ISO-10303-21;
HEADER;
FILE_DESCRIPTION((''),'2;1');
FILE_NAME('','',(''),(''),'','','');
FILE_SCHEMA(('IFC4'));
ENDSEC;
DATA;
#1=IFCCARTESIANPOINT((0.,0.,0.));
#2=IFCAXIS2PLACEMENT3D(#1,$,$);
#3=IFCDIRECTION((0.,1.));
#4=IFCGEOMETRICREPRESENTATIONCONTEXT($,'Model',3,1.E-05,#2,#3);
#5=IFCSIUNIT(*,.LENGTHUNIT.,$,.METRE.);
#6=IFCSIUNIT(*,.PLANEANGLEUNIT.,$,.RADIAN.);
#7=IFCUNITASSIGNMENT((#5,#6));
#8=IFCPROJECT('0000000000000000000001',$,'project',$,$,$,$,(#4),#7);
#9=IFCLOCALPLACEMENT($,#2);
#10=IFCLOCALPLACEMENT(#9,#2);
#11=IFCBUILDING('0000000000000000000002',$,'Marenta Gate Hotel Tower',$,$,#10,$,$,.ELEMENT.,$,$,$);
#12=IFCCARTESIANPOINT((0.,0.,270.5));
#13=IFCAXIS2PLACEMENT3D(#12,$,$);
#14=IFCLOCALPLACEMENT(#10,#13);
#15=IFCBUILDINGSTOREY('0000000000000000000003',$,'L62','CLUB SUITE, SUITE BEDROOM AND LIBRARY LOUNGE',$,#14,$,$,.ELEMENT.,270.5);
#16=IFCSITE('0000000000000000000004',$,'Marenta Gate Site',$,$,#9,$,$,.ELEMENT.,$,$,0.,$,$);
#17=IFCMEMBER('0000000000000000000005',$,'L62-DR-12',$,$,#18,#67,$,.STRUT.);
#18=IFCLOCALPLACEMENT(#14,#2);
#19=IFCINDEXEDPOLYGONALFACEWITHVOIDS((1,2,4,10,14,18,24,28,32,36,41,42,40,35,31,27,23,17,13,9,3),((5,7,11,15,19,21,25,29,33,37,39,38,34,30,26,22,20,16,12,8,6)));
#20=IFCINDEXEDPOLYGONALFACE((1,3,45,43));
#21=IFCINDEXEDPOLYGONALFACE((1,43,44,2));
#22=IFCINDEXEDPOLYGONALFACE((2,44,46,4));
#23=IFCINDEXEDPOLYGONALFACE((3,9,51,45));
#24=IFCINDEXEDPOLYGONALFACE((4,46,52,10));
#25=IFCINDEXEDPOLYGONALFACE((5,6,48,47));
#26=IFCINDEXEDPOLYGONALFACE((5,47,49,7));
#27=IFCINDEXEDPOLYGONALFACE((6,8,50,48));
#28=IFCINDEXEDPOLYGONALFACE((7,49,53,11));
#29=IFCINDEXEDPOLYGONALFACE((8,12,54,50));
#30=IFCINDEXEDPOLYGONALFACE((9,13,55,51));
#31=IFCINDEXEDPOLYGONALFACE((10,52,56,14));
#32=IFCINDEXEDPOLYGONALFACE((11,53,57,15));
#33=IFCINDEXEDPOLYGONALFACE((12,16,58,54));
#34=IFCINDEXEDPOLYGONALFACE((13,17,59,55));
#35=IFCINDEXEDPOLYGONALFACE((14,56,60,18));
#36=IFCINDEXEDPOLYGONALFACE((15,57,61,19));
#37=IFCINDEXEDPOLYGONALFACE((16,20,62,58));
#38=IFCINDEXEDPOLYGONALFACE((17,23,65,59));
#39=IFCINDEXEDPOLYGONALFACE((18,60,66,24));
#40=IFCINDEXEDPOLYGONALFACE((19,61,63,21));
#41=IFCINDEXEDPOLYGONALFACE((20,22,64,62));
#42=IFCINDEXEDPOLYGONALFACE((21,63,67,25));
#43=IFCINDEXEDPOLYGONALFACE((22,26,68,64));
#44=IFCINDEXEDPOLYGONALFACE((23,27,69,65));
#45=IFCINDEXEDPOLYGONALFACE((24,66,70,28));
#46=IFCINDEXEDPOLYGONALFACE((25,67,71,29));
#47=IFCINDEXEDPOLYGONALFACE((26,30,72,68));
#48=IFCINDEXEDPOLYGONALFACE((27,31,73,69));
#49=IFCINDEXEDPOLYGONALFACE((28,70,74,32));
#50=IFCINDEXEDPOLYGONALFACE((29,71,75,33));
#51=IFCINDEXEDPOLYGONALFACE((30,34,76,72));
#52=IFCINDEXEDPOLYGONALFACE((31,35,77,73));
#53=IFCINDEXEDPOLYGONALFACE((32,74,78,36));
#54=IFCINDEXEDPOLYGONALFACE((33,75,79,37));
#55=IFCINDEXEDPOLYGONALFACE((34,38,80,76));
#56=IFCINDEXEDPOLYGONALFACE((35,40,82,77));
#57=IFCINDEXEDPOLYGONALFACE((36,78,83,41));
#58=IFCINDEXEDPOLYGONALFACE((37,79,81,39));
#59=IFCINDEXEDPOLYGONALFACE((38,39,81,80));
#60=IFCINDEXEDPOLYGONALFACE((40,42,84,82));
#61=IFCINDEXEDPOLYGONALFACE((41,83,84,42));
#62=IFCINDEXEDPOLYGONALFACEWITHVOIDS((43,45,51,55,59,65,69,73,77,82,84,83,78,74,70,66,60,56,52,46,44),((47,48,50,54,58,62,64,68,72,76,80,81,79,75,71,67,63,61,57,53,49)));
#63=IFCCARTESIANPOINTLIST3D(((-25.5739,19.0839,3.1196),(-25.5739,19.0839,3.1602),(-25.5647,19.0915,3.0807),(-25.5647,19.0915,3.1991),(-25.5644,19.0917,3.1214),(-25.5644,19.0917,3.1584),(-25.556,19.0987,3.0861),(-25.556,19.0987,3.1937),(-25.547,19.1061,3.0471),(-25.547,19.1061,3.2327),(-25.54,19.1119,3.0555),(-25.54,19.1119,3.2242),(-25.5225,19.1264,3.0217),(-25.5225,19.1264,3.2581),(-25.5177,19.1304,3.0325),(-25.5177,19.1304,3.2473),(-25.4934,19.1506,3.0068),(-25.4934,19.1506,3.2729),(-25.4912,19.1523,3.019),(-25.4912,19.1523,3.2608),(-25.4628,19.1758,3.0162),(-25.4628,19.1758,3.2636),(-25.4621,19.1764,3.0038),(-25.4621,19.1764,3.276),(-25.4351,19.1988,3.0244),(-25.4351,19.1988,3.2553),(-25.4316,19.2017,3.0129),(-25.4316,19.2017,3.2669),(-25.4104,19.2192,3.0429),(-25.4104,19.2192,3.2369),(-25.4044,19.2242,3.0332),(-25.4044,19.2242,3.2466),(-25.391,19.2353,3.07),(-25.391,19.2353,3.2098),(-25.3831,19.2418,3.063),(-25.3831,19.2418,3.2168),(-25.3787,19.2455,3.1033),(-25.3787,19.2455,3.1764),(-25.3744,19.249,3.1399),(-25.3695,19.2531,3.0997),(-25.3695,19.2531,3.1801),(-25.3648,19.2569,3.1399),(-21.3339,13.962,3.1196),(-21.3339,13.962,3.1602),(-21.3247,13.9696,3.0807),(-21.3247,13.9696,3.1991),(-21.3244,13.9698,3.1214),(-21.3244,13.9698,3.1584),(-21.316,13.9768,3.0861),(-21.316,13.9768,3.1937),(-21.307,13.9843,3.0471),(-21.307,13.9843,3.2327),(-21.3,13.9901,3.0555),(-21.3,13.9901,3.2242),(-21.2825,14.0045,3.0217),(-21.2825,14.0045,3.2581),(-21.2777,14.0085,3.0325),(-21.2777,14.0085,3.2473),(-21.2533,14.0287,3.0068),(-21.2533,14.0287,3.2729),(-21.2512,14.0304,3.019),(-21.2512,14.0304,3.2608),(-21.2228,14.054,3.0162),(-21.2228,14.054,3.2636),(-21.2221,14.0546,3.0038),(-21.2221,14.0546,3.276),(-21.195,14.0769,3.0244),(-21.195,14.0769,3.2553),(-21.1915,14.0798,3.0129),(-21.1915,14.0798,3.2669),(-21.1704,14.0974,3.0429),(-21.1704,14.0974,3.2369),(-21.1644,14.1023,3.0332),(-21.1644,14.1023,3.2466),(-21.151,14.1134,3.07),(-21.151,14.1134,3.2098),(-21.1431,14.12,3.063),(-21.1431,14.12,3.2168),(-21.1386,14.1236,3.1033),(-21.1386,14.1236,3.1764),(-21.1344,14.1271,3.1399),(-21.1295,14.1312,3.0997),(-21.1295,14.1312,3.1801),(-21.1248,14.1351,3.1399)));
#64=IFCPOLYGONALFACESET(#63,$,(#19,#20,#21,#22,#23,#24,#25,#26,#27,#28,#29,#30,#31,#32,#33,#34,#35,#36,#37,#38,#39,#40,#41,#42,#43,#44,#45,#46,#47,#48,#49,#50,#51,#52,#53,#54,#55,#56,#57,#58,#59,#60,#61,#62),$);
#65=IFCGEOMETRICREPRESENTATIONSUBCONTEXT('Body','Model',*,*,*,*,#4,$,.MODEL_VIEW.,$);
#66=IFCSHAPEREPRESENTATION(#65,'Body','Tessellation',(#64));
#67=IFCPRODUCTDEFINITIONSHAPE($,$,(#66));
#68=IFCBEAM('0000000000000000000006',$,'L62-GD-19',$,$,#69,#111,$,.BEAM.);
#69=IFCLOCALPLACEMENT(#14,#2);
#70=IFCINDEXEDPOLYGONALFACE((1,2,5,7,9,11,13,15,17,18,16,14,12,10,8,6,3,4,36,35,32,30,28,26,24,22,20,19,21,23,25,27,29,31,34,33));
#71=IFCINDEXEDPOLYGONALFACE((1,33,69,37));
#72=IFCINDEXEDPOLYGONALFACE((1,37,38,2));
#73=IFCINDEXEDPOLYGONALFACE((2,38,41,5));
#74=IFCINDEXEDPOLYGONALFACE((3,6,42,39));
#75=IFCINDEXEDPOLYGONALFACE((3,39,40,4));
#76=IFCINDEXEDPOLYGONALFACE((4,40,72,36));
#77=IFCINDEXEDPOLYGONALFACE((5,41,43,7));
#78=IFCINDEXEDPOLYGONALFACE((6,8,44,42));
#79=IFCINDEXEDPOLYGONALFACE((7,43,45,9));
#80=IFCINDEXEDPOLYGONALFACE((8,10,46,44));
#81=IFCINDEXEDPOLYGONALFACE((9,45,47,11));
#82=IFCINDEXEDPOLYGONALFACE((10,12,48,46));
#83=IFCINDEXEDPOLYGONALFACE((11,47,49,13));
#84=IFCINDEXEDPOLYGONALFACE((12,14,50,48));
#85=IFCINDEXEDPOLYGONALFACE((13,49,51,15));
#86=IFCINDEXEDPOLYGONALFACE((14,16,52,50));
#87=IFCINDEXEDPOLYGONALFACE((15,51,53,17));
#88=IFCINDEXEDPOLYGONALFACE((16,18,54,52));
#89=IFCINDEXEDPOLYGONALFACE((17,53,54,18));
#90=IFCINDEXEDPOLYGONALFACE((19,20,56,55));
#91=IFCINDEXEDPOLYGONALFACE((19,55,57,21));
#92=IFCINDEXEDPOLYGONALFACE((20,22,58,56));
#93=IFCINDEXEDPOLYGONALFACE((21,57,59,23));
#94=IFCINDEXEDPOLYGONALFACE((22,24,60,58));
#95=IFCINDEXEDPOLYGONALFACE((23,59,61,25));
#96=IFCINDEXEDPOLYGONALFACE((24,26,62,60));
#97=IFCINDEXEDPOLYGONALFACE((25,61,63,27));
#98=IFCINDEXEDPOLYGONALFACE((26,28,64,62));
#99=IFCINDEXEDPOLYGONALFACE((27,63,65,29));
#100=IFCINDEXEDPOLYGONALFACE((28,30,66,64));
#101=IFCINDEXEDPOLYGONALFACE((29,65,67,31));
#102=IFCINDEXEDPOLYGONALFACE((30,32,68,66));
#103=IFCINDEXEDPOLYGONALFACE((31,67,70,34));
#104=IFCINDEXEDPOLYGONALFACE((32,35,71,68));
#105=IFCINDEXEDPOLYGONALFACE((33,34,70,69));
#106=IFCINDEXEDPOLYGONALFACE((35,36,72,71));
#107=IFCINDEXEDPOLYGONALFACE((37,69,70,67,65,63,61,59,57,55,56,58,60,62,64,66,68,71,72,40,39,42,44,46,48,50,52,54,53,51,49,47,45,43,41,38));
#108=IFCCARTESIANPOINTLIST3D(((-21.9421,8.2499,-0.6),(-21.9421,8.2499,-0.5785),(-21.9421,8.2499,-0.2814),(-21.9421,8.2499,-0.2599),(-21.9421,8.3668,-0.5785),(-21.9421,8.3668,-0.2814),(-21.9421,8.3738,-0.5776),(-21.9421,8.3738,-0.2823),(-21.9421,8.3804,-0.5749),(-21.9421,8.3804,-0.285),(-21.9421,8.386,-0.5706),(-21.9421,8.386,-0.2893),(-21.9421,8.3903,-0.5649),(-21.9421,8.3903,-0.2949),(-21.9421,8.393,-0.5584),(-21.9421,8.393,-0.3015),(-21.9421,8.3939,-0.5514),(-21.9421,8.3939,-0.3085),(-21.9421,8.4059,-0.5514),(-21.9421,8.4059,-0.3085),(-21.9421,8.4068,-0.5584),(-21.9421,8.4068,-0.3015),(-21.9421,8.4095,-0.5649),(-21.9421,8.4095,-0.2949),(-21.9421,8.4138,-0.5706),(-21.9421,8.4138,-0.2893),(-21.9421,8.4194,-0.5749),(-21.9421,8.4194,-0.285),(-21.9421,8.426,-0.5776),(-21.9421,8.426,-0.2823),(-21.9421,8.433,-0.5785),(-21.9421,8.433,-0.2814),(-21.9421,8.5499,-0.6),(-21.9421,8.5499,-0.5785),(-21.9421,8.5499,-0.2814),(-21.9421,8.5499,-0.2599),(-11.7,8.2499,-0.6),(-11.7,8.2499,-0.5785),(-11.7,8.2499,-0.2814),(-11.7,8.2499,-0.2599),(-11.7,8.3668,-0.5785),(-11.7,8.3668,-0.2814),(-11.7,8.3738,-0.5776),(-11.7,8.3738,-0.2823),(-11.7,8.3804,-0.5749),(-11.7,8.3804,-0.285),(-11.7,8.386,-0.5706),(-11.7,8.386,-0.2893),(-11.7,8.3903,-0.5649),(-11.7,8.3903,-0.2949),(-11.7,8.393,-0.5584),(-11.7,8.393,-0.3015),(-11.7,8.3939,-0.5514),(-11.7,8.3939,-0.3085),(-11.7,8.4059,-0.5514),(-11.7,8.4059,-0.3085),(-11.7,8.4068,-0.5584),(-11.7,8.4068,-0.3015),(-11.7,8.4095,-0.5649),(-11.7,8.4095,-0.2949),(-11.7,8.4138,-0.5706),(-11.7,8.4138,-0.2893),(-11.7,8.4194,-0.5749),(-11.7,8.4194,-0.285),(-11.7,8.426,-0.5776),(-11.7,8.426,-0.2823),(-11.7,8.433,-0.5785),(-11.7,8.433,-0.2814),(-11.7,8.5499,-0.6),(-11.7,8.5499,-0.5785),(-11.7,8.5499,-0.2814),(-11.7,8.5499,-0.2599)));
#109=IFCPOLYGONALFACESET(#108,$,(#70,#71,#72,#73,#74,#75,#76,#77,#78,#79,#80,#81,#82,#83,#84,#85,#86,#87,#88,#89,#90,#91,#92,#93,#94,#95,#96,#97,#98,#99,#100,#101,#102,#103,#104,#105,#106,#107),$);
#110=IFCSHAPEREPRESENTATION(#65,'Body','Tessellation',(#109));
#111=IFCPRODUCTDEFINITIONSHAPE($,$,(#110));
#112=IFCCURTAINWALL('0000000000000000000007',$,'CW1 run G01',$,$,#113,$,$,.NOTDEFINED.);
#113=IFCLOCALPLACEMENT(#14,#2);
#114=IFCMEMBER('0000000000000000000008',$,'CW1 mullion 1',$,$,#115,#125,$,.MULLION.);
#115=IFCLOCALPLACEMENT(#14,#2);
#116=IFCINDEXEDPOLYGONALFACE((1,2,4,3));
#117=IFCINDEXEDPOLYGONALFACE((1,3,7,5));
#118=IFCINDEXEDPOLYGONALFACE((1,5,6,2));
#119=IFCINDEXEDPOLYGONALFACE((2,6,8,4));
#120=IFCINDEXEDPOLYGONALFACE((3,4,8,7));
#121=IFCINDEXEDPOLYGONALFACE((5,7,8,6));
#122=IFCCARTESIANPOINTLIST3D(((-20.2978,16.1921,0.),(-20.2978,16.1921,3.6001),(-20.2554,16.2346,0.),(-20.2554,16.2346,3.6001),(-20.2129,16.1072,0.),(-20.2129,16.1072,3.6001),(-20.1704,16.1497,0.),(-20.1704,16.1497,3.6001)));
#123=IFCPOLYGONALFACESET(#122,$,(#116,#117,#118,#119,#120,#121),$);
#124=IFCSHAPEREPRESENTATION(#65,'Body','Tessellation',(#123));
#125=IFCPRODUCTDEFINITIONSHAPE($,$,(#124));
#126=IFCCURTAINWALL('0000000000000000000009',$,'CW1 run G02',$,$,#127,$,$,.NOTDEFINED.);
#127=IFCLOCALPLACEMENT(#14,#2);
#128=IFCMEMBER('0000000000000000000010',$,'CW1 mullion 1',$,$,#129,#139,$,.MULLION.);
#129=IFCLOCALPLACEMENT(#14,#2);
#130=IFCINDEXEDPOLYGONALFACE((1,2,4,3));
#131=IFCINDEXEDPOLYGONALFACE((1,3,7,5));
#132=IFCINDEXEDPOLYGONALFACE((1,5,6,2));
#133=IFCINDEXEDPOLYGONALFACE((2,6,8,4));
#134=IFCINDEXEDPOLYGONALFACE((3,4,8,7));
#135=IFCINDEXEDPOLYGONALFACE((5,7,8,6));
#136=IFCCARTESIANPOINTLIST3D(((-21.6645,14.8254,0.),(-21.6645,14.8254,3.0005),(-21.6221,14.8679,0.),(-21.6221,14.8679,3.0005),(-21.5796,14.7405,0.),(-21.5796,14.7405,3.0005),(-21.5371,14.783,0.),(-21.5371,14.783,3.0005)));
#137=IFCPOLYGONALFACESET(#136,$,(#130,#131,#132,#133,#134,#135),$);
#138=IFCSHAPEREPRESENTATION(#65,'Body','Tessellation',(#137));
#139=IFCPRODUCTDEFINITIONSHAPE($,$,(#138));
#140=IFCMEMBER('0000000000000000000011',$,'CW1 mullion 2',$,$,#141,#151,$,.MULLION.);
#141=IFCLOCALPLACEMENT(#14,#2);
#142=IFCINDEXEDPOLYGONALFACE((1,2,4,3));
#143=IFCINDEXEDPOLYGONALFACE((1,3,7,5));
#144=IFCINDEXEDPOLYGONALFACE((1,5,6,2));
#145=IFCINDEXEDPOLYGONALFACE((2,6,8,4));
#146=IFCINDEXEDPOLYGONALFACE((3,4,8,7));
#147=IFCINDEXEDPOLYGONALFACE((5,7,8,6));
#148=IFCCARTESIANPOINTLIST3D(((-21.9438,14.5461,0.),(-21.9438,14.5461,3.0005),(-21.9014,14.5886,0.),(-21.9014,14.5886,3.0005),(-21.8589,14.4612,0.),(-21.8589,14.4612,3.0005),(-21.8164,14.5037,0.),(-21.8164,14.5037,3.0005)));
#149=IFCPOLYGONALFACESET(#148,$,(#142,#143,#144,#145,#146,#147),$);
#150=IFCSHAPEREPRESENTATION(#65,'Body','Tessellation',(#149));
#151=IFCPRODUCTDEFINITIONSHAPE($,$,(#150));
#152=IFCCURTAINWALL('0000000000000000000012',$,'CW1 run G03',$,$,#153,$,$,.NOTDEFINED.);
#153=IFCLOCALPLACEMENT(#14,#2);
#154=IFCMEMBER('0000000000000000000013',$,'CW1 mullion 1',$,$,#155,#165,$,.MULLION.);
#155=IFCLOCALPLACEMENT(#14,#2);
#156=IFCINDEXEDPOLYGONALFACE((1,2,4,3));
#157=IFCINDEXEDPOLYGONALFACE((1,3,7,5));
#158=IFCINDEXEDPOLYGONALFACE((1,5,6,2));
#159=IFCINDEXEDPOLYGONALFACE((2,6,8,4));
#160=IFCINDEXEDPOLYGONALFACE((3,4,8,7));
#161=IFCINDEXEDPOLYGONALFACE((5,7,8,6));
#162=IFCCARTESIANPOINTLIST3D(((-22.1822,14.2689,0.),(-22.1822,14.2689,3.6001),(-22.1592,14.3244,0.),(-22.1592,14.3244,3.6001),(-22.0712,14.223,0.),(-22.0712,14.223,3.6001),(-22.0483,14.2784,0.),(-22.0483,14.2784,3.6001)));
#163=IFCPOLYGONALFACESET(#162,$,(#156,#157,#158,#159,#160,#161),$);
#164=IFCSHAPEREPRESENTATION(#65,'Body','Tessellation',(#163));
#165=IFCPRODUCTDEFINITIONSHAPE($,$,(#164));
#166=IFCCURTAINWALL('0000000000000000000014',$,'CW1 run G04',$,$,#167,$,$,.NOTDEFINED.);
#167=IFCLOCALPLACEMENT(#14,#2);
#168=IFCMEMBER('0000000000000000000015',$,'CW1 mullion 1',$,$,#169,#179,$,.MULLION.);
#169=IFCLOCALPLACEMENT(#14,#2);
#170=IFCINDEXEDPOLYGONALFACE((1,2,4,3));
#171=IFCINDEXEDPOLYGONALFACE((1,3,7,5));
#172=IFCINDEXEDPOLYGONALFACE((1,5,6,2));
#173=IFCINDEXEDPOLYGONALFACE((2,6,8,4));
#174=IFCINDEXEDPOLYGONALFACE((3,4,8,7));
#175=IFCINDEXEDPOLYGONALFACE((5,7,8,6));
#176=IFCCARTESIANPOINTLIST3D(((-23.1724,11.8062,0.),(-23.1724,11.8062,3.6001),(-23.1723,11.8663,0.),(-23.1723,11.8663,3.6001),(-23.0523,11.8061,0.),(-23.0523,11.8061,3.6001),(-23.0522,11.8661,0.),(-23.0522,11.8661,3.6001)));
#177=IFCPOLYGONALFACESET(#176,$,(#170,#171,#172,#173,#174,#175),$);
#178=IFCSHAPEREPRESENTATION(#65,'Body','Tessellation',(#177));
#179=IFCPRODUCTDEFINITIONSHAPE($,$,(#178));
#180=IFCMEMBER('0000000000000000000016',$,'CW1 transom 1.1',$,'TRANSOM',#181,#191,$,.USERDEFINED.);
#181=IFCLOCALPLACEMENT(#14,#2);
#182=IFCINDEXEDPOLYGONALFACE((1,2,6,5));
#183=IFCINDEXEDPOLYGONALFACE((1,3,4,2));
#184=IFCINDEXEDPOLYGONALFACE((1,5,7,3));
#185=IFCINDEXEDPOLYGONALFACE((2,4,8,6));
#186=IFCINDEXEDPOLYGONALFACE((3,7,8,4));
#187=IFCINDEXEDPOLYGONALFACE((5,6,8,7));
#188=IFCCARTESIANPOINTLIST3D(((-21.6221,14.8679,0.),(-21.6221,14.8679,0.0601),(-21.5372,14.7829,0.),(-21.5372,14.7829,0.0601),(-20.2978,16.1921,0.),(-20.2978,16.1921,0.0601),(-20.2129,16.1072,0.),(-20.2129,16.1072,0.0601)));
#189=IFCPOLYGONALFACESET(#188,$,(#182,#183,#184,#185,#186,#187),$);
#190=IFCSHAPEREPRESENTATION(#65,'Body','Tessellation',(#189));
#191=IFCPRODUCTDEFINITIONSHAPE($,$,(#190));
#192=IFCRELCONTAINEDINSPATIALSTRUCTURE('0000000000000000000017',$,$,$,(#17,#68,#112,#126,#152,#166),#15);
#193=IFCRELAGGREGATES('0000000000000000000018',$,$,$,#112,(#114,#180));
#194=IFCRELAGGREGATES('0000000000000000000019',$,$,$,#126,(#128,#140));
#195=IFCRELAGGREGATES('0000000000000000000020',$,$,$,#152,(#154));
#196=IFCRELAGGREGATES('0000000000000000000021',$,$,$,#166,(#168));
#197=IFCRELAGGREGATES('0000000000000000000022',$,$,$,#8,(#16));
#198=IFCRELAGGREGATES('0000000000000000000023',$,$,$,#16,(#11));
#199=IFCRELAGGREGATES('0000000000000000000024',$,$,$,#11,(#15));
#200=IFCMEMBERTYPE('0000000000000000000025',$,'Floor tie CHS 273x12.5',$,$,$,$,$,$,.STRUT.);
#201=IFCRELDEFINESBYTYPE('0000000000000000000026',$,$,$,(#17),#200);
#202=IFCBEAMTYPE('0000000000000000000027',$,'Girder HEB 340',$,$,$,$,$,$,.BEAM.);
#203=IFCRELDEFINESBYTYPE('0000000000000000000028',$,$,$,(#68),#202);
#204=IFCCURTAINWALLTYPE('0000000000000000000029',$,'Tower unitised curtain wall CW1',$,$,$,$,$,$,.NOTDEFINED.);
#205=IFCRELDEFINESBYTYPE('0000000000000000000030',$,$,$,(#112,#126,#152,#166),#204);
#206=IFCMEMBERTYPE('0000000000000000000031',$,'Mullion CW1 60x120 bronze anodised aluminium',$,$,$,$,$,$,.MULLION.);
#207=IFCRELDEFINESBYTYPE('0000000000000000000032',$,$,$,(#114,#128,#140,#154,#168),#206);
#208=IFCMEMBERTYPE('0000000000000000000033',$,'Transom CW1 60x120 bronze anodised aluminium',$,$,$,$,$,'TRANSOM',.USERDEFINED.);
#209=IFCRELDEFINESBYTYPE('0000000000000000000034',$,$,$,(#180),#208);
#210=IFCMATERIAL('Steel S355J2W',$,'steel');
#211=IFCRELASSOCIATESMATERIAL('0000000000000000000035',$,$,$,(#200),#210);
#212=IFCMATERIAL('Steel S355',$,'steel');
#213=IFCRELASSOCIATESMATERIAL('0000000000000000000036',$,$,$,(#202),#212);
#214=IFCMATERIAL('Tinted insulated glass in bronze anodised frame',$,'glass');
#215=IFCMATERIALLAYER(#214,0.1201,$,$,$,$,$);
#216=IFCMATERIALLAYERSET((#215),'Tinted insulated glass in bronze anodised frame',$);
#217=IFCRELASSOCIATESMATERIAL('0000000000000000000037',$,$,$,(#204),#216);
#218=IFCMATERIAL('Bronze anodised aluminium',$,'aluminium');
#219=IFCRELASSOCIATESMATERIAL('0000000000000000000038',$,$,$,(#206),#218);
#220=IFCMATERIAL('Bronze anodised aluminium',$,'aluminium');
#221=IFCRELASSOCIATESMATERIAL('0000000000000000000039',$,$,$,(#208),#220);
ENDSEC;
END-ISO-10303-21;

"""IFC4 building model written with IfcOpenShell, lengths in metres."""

from ifc_helpers import new_model, si_unit, direction, frame, origin, origin_2d, place, context, subcontext, project, spatial, rectangle, hollow_circle, i_section, extrude, material, layer, layer_set, material_profile, profile_set, type_object, element, aggregate, save


model = new_model("IFC4")

# Units and contexts
model_context = context("Model", 3, precision=1e-05, world=origin(), true_north=direction((0.0, 1.0)))
body_context = subcontext(model_context, "Body", "Model", "MODEL_VIEW")
ifc_project = project(units=[si_unit("LENGTHUNIT", "METRE"), si_unit("PLANEANGLEUNIT", "RADIAN")], contexts=[model_context])

# Site, building, storey
site_placement = place(None, origin())
site = spatial("IfcSite", under=ifc_project, at=site_placement, Name="Marenta Gate Site", CompositionType="ELEMENT", RefElevation=0.0)
building_placement = place(site_placement, origin())
building = spatial("IfcBuilding", under=site, at=building_placement, Name="Marenta Gate Hotel Tower", CompositionType="ELEMENT")
storey_placement = place(building_placement, frame((0.0, 0.0, 270.5)))
storey = spatial("IfcBuildingStorey", under=building, at=storey_placement, Name="L62", Description="CLUB SUITE, SUITE BEDROOM AND LIBRARY LOUNGE", CompositionType="ELEMENT", Elevation=270.5)

# Member
ifc_material_1 = material(Name="Steel S355J2W", Category="steel")
ifc_material_profile_1 = material_profile(ifc_material_1, hollow_circle(Radius=0.1365, WallThickness=0.0125, at=origin_2d()), Name="CHS 273x12.5")
ifc_profile_set_1 = profile_set([ifc_material_profile_1], Name="Steel S355J2W")
member_type_1 = type_object("IfcMemberType", Name="Floor tie CHS 273x12.5", PredefinedType="STRUT", material=ifc_profile_set_1)
member_1_placement = place(storey_placement, frame((-25.47, 19.1699, 3.1399), z_axis=(0.637678, -0.770303, 0.0), x_axis=(0.770303, 0.637678, 0.0)))
element("IfcMember", 1, at=member_1_placement, inside=storey, type_object=member_type_1, Name="L62-DR-12", PredefinedType="STRUT", context=body_context, shape_type="SweptSolid", body=[
    extrude(hollow_circle(Radius=0.1365, WallThickness=0.0125, at=origin_2d()), origin(), (0.0, 0.0, 1.0), 6.6492),
])

# Beam
ifc_material_2 = material(Name="Steel S355", Category="steel")
ifc_material_profile_2 = material_profile(ifc_material_2, i_section(OverallWidth=0.3, OverallDepth=0.3401, WebThickness=0.012, FlangeThickness=0.0215, FilletRadius=0.0271, at=origin_2d()), Name="HEB 340")
ifc_profile_set_2 = profile_set([ifc_material_profile_2], Name="Steel S355")
beam_type_1 = type_object("IfcBeamType", Name="Girder HEB 340", PredefinedType="BEAM", material=ifc_profile_set_2)
beam_1_placement = place(storey_placement, frame((-21.9421, 8.3999, -0.4299), z_axis=(1.0, 0.0, 0.0), x_axis=(0.0, 1.0, 0.0)))
element("IfcBeam", 2, at=beam_1_placement, inside=storey, type_object=beam_type_1, Name="L62-GD-19", PredefinedType="BEAM", context=body_context, shape_type="SweptSolid", body=[
    extrude(i_section(OverallWidth=0.3, OverallDepth=0.3401, WebThickness=0.012, FlangeThickness=0.0215, FilletRadius=0.0271, at=origin_2d()), origin(), (0.0, 0.0, 1.0), 10.2422),
])

# Curtain wall, member
ifc_material_3 = material(Name="Tinted insulated glass in bronze anodised frame", Category="glass")
ifc_layer_1 = layer(ifc_material_3, 0.1201)
ifc_layer_set_1 = layer_set([ifc_layer_1], Name="Tinted insulated glass in bronze anodised frame")
curtain_wall_type = type_object("IfcCurtainWallType", Name="Tower unitised curtain wall CW1", PredefinedType="NOTDEFINED", material=ifc_layer_set_1)
curtain_wall_1_placement = place(storey_placement, origin())
curtain_wall_1 = element("IfcCurtainWall", 3, at=curtain_wall_1_placement, inside=storey, type_object=curtain_wall_type, Name="CW1 run G01", PredefinedType="NOTDEFINED")
ifc_material_4 = material(Name="Bronze anodised aluminium", Category="aluminium")
ifc_material_profile_3 = material_profile(ifc_material_4, rectangle(XDim=0.1201, YDim=0.0601, at=origin_2d()), Name="Mullion CW1 60x120 bronze anodised aluminium")
ifc_profile_set_3 = profile_set([ifc_material_profile_3], Name="Bronze anodised aluminium")
member_type_2 = type_object("IfcMemberType", Name="Mullion CW1 60x120 bronze anodised aluminium", PredefinedType="MULLION", material=ifc_profile_set_3)
member_2_placement = place(storey_placement, frame((-20.2341, 16.1709, 0.0), z_axis=(0.0, 0.0, 1.0), x_axis=(0.707107, -0.707107, 0.0)))
member_2 = element("IfcMember", 4, at=member_2_placement, type_object=member_type_2, Name="CW1 mullion 1", PredefinedType="MULLION", context=body_context, shape_type="SweptSolid", body=[
    extrude(rectangle(XDim=0.1201, YDim=0.0601, at=origin_2d()), origin(), (0.0, 0.0, 1.0), 3.6001),
])

# Curtain wall, members
curtain_wall_2_placement = place(storey_placement, origin())
curtain_wall_2 = element("IfcCurtainWall", 5, at=curtain_wall_2_placement, inside=storey, type_object=curtain_wall_type, Name="CW1 run G02", PredefinedType="NOTDEFINED")
member_3_placement = place(storey_placement, frame((-21.6008, 14.8042, 0.0), z_axis=(0.0, 0.0, 1.0), x_axis=(0.707107, -0.707107, 0.0)))
member_3 = element("IfcMember", 6, at=member_3_placement, type_object=member_type_2, Name="CW1 mullion 1", PredefinedType="MULLION", context=body_context, shape_type="SweptSolid", body=[
    extrude(rectangle(XDim=0.1201, YDim=0.0601, at=origin_2d()), origin(), (0.0, 0.0, 1.0), 3.0005),
])
member_4_placement = place(storey_placement, frame((-21.8801, 14.5249, 0.0), z_axis=(0.0, 0.0, 1.0), x_axis=(0.707107, -0.707107, 0.0)))
member_4 = element("IfcMember", 7, at=member_4_placement, type_object=member_type_2, Name="CW1 mullion 2", PredefinedType="MULLION", context=body_context, shape_type="SweptSolid", body=[
    extrude(rectangle(XDim=0.1201, YDim=0.0601, at=origin_2d()), origin(), (0.0, 0.0, 1.0), 3.0005),
])

# Curtain walls, members
curtain_wall_3_placement = place(storey_placement, origin())
curtain_wall_3 = element("IfcCurtainWall", 8, at=curtain_wall_3_placement, inside=storey, type_object=curtain_wall_type, Name="CW1 run G03", PredefinedType="NOTDEFINED")
member_5_placement = place(storey_placement, frame((-22.1152, 14.2737, 0.0), z_axis=(0.0, 0.0, 1.0), x_axis=(0.923886, -0.382667, 0.0)))
member_5 = element("IfcMember", 9, at=member_5_placement, type_object=member_type_2, Name="CW1 mullion 1", PredefinedType="MULLION", context=body_context, shape_type="SweptSolid", body=[
    extrude(rectangle(XDim=0.1201, YDim=0.0601, at=origin_2d()), origin(), (0.0, 0.0, 1.0), 3.6001),
])
curtain_wall_4_placement = place(storey_placement, origin())
curtain_wall_4 = element("IfcCurtainWall", 10, at=curtain_wall_4_placement, inside=storey, type_object=curtain_wall_type, Name="CW1 run G04", PredefinedType="NOTDEFINED")
member_6_placement = place(storey_placement, frame((-23.1123, 11.8362, 0.0), z_axis=(0.0, 0.0, 1.0), x_axis=(0.999999, -0.001566, 0.0)))
member_6 = element("IfcMember", 11, at=member_6_placement, type_object=member_type_2, Name="CW1 mullion 1", PredefinedType="MULLION", context=body_context, shape_type="SweptSolid", body=[
    extrude(rectangle(XDim=0.1201, YDim=0.0601, at=origin_2d()), origin(), (0.0, 0.0, 1.0), 3.6001),
])

# Member
ifc_material_5 = material(Name="Bronze anodised aluminium", Category="aluminium")
ifc_material_profile_4 = material_profile(ifc_material_5, rectangle(XDim=0.1201, YDim=0.0601, at=origin_2d()), Name="Transom CW1 60x120 bronze anodised aluminium")
ifc_profile_set_4 = profile_set([ifc_material_profile_4], Name="Bronze anodised aluminium")
member_type_3 = type_object("IfcMemberType", Name="Transom CW1 60x120 bronze anodised aluminium", ElementType="TRANSOM", PredefinedType="USERDEFINED", material=ifc_profile_set_4)
member_7_placement = place(storey_placement, frame((-20.2554, 16.1497, 0.03), z_axis=(-0.707107, -0.707107, 0.0), x_axis=(0.707107, -0.707107, 0.0)))
member_7 = element("IfcMember", 12, at=member_7_placement, type_object=member_type_3, Name="CW1 transom 1.1", ObjectType="TRANSOM", PredefinedType="USERDEFINED", context=body_context, shape_type="SweptSolid", body=[
    extrude(rectangle(XDim=0.1201, YDim=0.0601, at=origin_2d()), origin(), (0.0, 0.0, 1.0), 1.8728),
])

aggregate(curtain_wall_1, [member_2, member_7])
aggregate(curtain_wall_2, [member_3, member_4])
aggregate(curtain_wall_3, [member_5])
aggregate(curtain_wall_4, [member_6])

save(model, "model.ifc")
